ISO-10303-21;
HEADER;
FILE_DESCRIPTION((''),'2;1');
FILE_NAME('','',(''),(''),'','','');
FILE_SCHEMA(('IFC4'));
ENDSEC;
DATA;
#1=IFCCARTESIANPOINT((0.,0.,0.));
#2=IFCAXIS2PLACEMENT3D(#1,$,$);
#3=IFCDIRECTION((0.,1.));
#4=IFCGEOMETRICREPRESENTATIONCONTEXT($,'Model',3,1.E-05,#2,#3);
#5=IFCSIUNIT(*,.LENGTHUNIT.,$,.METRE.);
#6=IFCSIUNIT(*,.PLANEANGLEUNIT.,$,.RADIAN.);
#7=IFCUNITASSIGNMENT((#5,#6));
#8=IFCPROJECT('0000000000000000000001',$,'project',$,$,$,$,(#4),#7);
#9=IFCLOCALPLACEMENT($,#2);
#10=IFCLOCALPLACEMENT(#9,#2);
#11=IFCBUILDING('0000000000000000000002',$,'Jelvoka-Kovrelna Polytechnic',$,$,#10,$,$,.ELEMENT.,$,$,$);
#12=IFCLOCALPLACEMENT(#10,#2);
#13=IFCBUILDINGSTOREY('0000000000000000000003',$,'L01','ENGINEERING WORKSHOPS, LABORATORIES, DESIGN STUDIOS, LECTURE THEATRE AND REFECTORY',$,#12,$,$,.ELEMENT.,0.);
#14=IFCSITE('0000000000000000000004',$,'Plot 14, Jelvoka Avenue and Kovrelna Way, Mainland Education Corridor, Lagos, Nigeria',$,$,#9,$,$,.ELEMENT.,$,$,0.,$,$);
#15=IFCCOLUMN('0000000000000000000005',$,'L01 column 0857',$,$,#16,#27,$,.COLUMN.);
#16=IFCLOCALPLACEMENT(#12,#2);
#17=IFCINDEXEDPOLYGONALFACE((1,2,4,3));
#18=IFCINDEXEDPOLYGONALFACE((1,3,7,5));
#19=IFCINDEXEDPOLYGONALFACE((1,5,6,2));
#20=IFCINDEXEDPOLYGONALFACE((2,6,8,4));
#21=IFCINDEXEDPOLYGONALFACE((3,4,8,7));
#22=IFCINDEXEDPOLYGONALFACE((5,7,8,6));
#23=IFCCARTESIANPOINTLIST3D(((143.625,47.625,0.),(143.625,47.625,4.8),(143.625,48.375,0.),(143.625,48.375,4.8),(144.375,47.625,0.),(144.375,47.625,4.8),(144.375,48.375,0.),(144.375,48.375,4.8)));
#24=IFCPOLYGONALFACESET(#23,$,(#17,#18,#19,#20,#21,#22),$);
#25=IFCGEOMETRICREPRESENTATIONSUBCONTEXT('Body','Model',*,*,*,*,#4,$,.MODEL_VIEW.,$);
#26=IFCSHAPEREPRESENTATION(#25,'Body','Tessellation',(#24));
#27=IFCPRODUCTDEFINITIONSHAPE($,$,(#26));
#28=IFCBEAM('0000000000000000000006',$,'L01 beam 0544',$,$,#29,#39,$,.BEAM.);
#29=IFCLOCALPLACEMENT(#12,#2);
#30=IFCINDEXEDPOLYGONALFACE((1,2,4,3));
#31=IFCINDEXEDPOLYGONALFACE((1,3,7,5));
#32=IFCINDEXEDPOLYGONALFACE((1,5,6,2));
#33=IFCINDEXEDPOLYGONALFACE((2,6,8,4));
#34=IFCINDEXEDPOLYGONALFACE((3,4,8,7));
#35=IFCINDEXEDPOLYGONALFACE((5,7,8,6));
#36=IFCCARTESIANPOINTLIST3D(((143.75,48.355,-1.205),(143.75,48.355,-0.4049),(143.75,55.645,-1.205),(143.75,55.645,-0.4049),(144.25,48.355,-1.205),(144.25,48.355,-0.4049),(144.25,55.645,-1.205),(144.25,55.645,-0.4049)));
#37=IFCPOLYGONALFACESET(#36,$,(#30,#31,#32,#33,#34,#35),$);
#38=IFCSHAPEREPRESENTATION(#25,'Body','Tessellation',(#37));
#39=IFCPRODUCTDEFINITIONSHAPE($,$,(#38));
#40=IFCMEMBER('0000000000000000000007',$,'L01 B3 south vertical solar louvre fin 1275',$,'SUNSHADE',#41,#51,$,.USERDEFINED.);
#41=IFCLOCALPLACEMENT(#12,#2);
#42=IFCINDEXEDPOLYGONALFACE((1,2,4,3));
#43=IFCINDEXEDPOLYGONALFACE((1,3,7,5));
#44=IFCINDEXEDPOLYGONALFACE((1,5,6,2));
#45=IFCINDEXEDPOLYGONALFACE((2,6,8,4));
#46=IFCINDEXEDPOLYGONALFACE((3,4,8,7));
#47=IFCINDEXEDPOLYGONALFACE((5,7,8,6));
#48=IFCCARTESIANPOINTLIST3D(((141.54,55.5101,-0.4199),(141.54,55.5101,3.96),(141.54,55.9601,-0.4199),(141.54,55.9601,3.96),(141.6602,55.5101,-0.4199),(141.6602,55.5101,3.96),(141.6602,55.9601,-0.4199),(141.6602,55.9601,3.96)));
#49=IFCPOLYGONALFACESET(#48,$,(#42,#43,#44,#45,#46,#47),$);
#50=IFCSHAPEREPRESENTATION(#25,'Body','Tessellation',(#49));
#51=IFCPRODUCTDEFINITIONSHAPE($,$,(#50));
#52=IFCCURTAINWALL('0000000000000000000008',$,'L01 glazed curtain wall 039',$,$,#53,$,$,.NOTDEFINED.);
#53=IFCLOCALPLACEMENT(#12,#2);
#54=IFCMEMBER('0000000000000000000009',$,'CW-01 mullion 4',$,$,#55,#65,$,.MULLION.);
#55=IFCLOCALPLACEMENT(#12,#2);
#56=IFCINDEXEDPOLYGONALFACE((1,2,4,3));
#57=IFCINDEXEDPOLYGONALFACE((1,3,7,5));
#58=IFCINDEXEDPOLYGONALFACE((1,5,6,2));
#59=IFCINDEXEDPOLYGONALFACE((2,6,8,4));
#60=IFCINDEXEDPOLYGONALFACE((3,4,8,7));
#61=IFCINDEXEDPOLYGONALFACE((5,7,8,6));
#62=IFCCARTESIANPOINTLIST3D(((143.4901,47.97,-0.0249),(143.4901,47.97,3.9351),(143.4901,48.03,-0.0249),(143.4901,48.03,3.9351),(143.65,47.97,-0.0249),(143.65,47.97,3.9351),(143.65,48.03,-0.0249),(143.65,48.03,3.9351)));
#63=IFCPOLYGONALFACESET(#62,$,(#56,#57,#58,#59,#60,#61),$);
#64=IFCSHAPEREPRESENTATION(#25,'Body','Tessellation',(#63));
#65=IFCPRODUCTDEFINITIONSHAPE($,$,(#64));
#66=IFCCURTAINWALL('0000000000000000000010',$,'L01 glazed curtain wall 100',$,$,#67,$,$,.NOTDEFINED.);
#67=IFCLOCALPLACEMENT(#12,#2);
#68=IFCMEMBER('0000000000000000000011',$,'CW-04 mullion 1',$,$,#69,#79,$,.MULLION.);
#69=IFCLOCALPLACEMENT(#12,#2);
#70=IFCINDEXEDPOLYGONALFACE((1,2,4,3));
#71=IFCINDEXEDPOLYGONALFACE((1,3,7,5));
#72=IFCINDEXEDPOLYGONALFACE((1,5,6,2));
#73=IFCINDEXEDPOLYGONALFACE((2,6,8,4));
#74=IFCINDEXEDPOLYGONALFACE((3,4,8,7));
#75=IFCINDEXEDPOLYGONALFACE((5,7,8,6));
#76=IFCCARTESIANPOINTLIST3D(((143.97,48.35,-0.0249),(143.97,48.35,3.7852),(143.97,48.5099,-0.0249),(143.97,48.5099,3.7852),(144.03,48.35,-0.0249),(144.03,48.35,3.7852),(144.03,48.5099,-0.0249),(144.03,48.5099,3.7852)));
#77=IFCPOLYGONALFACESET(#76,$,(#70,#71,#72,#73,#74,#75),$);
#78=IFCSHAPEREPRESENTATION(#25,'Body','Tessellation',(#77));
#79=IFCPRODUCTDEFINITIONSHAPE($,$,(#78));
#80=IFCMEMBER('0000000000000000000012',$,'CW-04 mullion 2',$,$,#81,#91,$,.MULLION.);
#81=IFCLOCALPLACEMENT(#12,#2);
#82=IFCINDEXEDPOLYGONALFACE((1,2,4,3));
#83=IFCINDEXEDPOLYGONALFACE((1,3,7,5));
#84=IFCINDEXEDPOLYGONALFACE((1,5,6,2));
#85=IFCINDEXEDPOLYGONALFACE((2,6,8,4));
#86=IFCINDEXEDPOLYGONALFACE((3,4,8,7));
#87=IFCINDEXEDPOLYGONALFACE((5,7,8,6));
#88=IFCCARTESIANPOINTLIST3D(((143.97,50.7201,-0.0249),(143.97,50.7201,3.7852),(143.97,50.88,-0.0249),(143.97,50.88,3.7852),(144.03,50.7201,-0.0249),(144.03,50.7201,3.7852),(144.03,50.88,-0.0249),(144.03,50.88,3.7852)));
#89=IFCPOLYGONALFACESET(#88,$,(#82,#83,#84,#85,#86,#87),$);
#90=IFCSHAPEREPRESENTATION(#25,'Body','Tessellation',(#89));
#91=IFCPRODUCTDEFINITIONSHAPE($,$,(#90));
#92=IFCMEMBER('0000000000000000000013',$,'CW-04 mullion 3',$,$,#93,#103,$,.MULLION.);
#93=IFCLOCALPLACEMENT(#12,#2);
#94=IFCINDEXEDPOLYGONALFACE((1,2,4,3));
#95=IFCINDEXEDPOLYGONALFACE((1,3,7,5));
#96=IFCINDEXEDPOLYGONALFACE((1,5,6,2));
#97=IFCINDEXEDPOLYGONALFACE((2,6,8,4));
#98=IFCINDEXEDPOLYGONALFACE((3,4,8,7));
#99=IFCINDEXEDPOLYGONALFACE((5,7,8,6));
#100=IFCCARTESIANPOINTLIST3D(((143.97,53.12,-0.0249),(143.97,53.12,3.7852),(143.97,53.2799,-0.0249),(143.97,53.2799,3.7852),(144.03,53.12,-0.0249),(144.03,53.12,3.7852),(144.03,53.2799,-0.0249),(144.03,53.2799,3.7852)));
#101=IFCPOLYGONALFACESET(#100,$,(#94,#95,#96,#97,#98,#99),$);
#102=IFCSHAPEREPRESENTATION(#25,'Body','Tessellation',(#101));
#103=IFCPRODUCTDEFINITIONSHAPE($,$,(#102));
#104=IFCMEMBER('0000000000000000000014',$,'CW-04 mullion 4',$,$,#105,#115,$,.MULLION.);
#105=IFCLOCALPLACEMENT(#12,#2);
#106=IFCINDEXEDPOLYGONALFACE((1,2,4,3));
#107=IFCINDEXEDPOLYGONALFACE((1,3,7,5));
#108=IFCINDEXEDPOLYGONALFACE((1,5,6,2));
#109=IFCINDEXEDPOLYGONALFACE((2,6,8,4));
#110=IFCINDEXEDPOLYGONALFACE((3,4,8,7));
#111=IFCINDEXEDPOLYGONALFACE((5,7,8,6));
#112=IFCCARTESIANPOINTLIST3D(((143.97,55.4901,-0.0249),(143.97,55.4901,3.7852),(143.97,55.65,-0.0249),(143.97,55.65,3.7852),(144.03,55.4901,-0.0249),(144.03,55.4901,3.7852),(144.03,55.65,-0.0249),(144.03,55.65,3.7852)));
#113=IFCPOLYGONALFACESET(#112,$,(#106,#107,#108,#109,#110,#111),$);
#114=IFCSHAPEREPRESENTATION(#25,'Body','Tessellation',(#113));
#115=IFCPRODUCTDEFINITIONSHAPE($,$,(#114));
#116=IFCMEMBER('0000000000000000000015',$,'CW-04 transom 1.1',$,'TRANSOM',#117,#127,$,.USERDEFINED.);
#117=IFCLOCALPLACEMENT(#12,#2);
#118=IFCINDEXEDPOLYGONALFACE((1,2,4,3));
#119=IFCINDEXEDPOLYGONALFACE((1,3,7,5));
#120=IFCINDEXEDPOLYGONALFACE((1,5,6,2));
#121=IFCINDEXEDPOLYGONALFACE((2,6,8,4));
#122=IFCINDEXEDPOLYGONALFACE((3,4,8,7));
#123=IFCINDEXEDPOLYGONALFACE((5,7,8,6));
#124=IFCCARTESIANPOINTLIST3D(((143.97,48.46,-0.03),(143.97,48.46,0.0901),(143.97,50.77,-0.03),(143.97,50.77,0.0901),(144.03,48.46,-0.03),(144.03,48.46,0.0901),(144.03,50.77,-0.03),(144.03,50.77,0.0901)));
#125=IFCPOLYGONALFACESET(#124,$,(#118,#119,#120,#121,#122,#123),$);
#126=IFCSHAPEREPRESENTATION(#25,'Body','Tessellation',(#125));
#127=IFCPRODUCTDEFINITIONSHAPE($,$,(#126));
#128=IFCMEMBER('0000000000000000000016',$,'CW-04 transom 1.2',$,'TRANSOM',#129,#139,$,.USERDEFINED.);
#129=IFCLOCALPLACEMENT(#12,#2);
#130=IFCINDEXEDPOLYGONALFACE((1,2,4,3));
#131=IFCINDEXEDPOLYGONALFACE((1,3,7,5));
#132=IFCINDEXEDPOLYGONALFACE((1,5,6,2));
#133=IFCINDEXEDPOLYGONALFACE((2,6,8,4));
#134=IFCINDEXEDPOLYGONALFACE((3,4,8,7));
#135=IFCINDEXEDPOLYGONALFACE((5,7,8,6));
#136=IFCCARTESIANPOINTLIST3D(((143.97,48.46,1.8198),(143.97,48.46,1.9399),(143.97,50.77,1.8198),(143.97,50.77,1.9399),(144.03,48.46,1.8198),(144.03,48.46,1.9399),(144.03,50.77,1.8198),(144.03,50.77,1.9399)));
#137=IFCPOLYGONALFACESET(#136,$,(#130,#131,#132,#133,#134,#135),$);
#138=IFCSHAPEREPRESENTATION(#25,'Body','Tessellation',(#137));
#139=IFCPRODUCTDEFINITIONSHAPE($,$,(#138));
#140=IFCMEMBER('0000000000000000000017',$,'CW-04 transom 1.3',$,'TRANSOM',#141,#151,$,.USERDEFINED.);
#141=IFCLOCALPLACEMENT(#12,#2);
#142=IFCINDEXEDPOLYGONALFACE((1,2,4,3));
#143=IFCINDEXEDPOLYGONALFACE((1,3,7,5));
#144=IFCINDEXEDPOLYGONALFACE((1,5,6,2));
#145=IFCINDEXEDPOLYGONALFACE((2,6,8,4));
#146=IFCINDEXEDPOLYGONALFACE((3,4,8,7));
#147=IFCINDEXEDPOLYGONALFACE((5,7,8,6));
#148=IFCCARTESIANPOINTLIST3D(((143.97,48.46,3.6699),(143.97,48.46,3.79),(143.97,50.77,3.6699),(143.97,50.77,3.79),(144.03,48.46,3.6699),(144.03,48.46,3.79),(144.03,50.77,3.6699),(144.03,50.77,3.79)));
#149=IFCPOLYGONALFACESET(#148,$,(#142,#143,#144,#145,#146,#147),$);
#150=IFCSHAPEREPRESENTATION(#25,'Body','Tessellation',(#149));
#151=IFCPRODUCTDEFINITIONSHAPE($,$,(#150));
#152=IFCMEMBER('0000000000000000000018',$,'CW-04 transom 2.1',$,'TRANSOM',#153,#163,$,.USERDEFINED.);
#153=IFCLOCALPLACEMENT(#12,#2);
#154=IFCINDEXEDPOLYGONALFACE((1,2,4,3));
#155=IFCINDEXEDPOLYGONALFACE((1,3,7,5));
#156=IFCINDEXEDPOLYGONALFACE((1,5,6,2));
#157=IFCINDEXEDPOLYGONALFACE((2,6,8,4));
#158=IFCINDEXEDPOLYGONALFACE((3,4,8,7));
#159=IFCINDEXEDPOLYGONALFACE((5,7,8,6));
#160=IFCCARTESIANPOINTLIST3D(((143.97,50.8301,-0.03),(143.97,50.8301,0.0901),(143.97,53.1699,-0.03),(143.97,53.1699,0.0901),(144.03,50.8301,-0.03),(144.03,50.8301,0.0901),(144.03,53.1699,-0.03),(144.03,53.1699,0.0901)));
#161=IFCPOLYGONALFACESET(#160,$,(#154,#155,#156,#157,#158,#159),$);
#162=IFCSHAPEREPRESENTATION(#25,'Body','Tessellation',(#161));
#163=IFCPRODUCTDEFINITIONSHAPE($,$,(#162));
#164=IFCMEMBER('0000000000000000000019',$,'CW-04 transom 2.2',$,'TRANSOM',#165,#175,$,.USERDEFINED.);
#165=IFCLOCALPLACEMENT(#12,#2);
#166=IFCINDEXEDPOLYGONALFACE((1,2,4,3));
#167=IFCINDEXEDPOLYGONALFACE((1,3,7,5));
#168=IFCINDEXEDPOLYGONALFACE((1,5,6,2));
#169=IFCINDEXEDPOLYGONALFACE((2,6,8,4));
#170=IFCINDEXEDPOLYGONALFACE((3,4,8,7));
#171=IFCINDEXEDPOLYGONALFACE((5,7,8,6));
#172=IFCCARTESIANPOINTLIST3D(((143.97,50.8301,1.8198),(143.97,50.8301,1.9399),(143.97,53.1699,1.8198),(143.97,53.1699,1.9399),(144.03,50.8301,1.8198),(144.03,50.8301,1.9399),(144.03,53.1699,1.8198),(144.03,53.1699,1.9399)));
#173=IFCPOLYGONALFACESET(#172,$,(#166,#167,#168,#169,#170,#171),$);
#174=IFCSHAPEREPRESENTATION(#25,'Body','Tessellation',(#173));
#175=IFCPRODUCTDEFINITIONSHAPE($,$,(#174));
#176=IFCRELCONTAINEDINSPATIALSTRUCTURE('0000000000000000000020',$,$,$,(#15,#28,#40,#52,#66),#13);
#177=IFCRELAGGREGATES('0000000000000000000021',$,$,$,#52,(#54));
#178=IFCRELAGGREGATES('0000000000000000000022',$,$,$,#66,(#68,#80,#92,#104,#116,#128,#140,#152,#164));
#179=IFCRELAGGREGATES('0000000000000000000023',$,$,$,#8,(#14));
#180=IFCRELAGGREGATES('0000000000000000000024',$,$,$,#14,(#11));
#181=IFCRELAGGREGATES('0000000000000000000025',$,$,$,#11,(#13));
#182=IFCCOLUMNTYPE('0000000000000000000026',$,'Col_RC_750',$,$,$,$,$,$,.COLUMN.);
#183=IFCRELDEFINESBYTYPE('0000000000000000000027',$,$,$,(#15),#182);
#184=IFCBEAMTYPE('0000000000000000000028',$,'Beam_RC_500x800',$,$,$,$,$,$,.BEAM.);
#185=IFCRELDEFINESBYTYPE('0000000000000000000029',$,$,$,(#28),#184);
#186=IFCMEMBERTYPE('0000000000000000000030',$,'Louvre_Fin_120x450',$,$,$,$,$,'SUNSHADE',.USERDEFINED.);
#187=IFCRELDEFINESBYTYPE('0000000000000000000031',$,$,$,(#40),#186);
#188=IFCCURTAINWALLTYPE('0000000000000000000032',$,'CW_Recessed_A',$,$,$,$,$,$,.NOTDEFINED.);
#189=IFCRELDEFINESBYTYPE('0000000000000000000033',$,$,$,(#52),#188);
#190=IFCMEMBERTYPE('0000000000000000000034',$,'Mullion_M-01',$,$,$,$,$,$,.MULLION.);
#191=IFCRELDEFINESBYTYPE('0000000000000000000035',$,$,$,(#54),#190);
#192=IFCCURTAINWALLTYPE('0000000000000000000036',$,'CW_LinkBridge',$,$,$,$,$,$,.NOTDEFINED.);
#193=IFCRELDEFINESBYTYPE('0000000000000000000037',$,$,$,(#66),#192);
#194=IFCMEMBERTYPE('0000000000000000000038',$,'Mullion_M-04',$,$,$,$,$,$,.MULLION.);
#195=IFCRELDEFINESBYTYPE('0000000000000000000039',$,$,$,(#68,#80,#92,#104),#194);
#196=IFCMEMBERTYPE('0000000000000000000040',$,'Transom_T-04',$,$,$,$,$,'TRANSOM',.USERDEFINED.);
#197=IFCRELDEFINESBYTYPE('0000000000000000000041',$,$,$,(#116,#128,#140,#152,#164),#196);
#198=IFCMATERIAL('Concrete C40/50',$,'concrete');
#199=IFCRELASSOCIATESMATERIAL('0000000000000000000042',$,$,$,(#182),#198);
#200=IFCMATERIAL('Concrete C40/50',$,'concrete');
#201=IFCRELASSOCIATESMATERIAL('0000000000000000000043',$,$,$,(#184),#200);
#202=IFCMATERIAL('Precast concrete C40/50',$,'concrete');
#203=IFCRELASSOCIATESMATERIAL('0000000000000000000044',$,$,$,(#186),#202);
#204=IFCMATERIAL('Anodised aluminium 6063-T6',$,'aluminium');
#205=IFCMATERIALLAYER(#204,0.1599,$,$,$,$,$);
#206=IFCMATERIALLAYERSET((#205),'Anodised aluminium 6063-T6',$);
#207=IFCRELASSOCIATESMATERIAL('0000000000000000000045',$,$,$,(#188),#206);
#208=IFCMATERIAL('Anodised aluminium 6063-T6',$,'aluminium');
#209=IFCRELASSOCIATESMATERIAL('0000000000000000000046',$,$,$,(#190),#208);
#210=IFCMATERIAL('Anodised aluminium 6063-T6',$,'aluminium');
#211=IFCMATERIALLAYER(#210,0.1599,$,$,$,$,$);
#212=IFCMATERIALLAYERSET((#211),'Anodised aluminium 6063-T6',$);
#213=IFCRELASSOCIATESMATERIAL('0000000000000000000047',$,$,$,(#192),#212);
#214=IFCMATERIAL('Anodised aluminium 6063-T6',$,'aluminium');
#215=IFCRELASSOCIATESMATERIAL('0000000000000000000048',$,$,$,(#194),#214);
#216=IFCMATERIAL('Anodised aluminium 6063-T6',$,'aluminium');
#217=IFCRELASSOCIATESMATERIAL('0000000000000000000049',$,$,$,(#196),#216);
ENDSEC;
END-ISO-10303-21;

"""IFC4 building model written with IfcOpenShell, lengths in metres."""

from ifc_helpers import new_model, si_unit, direction, frame, origin, origin_2d, place, context, subcontext, project, spatial, rectangle, extrude, material, layer, layer_set, material_profile, profile_set, type_object, element, aggregate, save


model = new_model("IFC4")

# Units and contexts
model_context = context("Model", 3, precision=1e-05, world=origin(), true_north=direction((0.0, 1.0)))
body_context = subcontext(model_context, "Body", "Model", "MODEL_VIEW")
ifc_project = project(units=[si_unit("LENGTHUNIT", "METRE"), si_unit("PLANEANGLEUNIT", "RADIAN")], contexts=[model_context])

# Site, building, storey
site_placement = place(None, origin())
site = spatial("IfcSite", under=ifc_project, at=site_placement, Name="Plot 14, Jelvoka Avenue and Kovrelna Way, Mainland Education Corridor, Lagos, Nigeria", CompositionType="ELEMENT", RefElevation=0.0)
building_placement = place(site_placement, origin())
building = spatial("IfcBuilding", under=site, at=building_placement, Name="Jelvoka-Kovrelna Polytechnic", CompositionType="ELEMENT")
storey_placement = place(building_placement, origin())
storey = spatial("IfcBuildingStorey", under=building, at=storey_placement, Name="L01", Description="ENGINEERING WORKSHOPS, LABORATORIES, DESIGN STUDIOS, LECTURE THEATRE AND REFECTORY", CompositionType="ELEMENT", Elevation=0.0)

# Column
ifc_material_1 = material(Name="Concrete C40/50", Category="concrete")
ifc_material_profile_1 = material_profile(ifc_material_1, rectangle(XDim=0.75, YDim=0.75, at=origin_2d()), Name="RC 750x750")
ifc_profile_set_1 = profile_set([ifc_material_profile_1], Name="Concrete C40/50")
column_type = type_object("IfcColumnType", Name="Col_RC_750", PredefinedType="COLUMN", material=ifc_profile_set_1)
column_placement = place(storey_placement, frame((144.0, 48.0, 0.0), z_axis=(0.0, 0.0, 1.0), x_axis=(1.0, 0.0, 0.0)))
element("IfcColumn", 1, at=column_placement, inside=storey, type_object=column_type, Name="L01 column 0857", PredefinedType="COLUMN", context=body_context, shape_type="SweptSolid", body=[
    extrude(rectangle(XDim=0.75, YDim=0.75, at=origin_2d()), origin(), (0.0, 0.0, 1.0), 4.8),
])

# Beam
ifc_material_2 = material(Name="Concrete C40/50", Category="concrete")
ifc_material_profile_2 = material_profile(ifc_material_2, rectangle(XDim=0.5, YDim=0.8, at=origin_2d()), Name="RC 500x800")
ifc_profile_set_2 = profile_set([ifc_material_profile_2], Name="Concrete C40/50")
beam_type = type_object("IfcBeamType", Name="Beam_RC_500x800", PredefinedType="BEAM", material=ifc_profile_set_2)
beam_placement = place(storey_placement, frame((144.0, 48.355, -0.8049), z_axis=(0.0, 1.0, 0.0), x_axis=(-1.0, 0.0, 0.0)))
element("IfcBeam", 2, at=beam_placement, inside=storey, type_object=beam_type, Name="L01 beam 0544", PredefinedType="BEAM", context=body_context, shape_type="SweptSolid", body=[
    extrude(rectangle(XDim=0.5, YDim=0.8, at=origin_2d()), origin(), (0.0, 0.0, 1.0), 7.29),
])

# Member
ifc_material_3 = material(Name="Precast concrete C40/50", Category="concrete")
ifc_material_profile_3 = material_profile(ifc_material_3, rectangle(XDim=0.1201, YDim=0.45, at=origin_2d()), Name="PC 120x450")
ifc_profile_set_3 = profile_set([ifc_material_profile_3], Name="Precast concrete C40/50")
member_type_1 = type_object("IfcMemberType", Name="Louvre_Fin_120x450", ElementType="SUNSHADE", PredefinedType="USERDEFINED", material=ifc_profile_set_3)
member_1_placement = place(storey_placement, frame((141.6001, 55.7351, -0.4199), z_axis=(0.0, 0.0, 1.0), x_axis=(1.0, 0.0, 0.0)))
element("IfcMember", 3, at=member_1_placement, inside=storey, type_object=member_type_1, Name="L01 B3 south vertical solar louvre fin 1275", ObjectType="SUNSHADE", PredefinedType="USERDEFINED", context=body_context, shape_type="SweptSolid", body=[
    extrude(rectangle(XDim=0.1201, YDim=0.45, at=origin_2d()), origin(), (0.0, 0.0, 1.0), 4.3799),
])

# Curtain wall, member
ifc_material_4 = material(Name="Anodised aluminium 6063-T6", Category="aluminium")
ifc_layer_1 = layer(ifc_material_4, 0.1599)
ifc_layer_set_1 = layer_set([ifc_layer_1], Name="Anodised aluminium 6063-T6")
curtain_wall_type_1 = type_object("IfcCurtainWallType", Name="CW_Recessed_A", PredefinedType="NOTDEFINED", material=ifc_layer_set_1)
curtain_wall_1_placement = place(storey_placement, origin())
curtain_wall_1 = element("IfcCurtainWall", 4, at=curtain_wall_1_placement, inside=storey, type_object=curtain_wall_type_1, Name="L01 glazed curtain wall 039", PredefinedType="NOTDEFINED")
ifc_material_5 = material(Name="Anodised aluminium 6063-T6", Category="aluminium")
ifc_material_profile_4 = material_profile(ifc_material_5, rectangle(XDim=0.0601, YDim=0.1599, at=origin_2d()), Name="ALU 60x160")
ifc_profile_set_4 = profile_set([ifc_material_profile_4], Name="Anodised aluminium 6063-T6")
member_type_2 = type_object("IfcMemberType", Name="Mullion_M-01", PredefinedType="MULLION", material=ifc_profile_set_4)
member_2_placement = place(storey_placement, frame((143.5701, 48.0, -0.0249), z_axis=(0.0, 0.0, 1.0), x_axis=(0.0, 1.0, 0.0)))
member_2 = element("IfcMember", 5, at=member_2_placement, type_object=member_type_2, Name="CW-01 mullion 4", PredefinedType="MULLION", context=body_context, shape_type="SweptSolid", body=[
    extrude(rectangle(XDim=0.0601, YDim=0.1599, at=origin_2d()), origin(), (0.0, 0.0, 1.0), 3.96),
])

# Curtain wall, members
ifc_material_6 = material(Name="Anodised aluminium 6063-T6", Category="aluminium")
ifc_layer_2 = layer(ifc_material_6, 0.1599)
ifc_layer_set_2 = layer_set([ifc_layer_2], Name="Anodised aluminium 6063-T6")
curtain_wall_type_2 = type_object("IfcCurtainWallType", Name="CW_LinkBridge", PredefinedType="NOTDEFINED", material=ifc_layer_set_2)
curtain_wall_2_placement = place(storey_placement, origin())
curtain_wall_2 = element("IfcCurtainWall", 6, at=curtain_wall_2_placement, inside=storey, type_object=curtain_wall_type_2, Name="L01 glazed curtain wall 100", PredefinedType="NOTDEFINED")
ifc_material_7 = material(Name="Anodised aluminium 6063-T6", Category="aluminium")
ifc_material_profile_5 = material_profile(ifc_material_7, rectangle(XDim=0.0601, YDim=0.1599, at=origin_2d()), Name="ALU 60x160")
ifc_profile_set_5 = profile_set([ifc_material_profile_5], Name="Anodised aluminium 6063-T6")
member_type_3 = type_object("IfcMemberType", Name="Mullion_M-04", PredefinedType="MULLION", material=ifc_profile_set_5)
member_3_placement = place(storey_placement, frame((144.0, 48.4299, -0.0249), z_axis=(0.0, 0.0, 1.0), x_axis=(-1.0, 0.0, 0.0)))
member_3 = element("IfcMember", 7, at=member_3_placement, type_object=member_type_3, Name="CW-04 mullion 1", PredefinedType="MULLION", context=body_context, shape_type="SweptSolid", body=[
    extrude(rectangle(XDim=0.0601, YDim=0.1599, at=origin_2d()), origin(), (0.0, 0.0, 1.0), 3.8101),
])
member_4_placement = place(storey_placement, frame((144.0, 50.8, -0.0249), z_axis=(0.0, 0.0, 1.0), x_axis=(-1.0, 0.0, 0.0)))
member_4 = element("IfcMember", 8, at=member_4_placement, type_object=member_type_3, Name="CW-04 mullion 2", PredefinedType="MULLION", context=body_context, shape_type="SweptSolid", body=[
    extrude(rectangle(XDim=0.0601, YDim=0.1599, at=origin_2d()), origin(), (0.0, 0.0, 1.0), 3.8101),
])
member_5_placement = place(storey_placement, frame((144.0, 53.2, -0.0249), z_axis=(0.0, 0.0, 1.0), x_axis=(-1.0, 0.0, 0.0)))
member_5 = element("IfcMember", 9, at=member_5_placement, type_object=member_type_3, Name="CW-04 mullion 3", PredefinedType="MULLION", context=body_context, shape_type="SweptSolid", body=[
    extrude(rectangle(XDim=0.0601, YDim=0.1599, at=origin_2d()), origin(), (0.0, 0.0, 1.0), 3.8101),
])
member_6_placement = place(storey_placement, frame((144.0, 55.5701, -0.0249), z_axis=(0.0, 0.0, 1.0), x_axis=(-1.0, 0.0, 0.0)))
member_6 = element("IfcMember", 10, at=member_6_placement, type_object=member_type_3, Name="CW-04 mullion 4", PredefinedType="MULLION", context=body_context, shape_type="SweptSolid", body=[
    extrude(rectangle(XDim=0.0601, YDim=0.1599, at=origin_2d()), origin(), (0.0, 0.0, 1.0), 3.8101),
])
ifc_material_8 = material(Name="Anodised aluminium 6063-T6", Category="aluminium")
ifc_material_profile_6 = material_profile(ifc_material_8, rectangle(XDim=0.0601, YDim=0.1201, at=origin_2d()), Name="ALU 60x120")
ifc_profile_set_6 = profile_set([ifc_material_profile_6], Name="Anodised aluminium 6063-T6")
member_type_4 = type_object("IfcMemberType", Name="Transom_T-04", ElementType="TRANSOM", PredefinedType="USERDEFINED", material=ifc_profile_set_6)
member_7_placement = place(storey_placement, frame((144.0, 48.46, 0.03), z_axis=(0.0, 1.0, 0.0), x_axis=(-1.0, 0.0, 0.0)))
member_7 = element("IfcMember", 11, at=member_7_placement, type_object=member_type_4, Name="CW-04 transom 1.1", ObjectType="TRANSOM", PredefinedType="USERDEFINED", context=body_context, shape_type="SweptSolid", body=[
    extrude(rectangle(XDim=0.0601, YDim=0.1201, at=origin_2d()), origin(), (0.0, 0.0, 1.0), 2.3101),
])
member_8_placement = place(storey_placement, frame((144.0, 48.46, 1.8799), z_axis=(0.0, 1.0, 0.0), x_axis=(-1.0, 0.0, 0.0)))
member_8 = element("IfcMember", 12, at=member_8_placement, type_object=member_type_4, Name="CW-04 transom 1.2", ObjectType="TRANSOM", PredefinedType="USERDEFINED", context=body_context, shape_type="SweptSolid", body=[
    extrude(rectangle(XDim=0.0601, YDim=0.1201, at=origin_2d()), origin(), (0.0, 0.0, 1.0), 2.3101),
])
member_9_placement = place(storey_placement, frame((144.0, 48.46, 3.73), z_axis=(0.0, 1.0, 0.0), x_axis=(-1.0, 0.0, 0.0)))
member_9 = element("IfcMember", 13, at=member_9_placement, type_object=member_type_4, Name="CW-04 transom 1.3", ObjectType="TRANSOM", PredefinedType="USERDEFINED", context=body_context, shape_type="SweptSolid", body=[
    extrude(rectangle(XDim=0.0601, YDim=0.1201, at=origin_2d()), origin(), (0.0, 0.0, 1.0), 2.3101),
])
member_10_placement = place(storey_placement, frame((144.0, 50.8301, 0.03), z_axis=(0.0, 1.0, 0.0), x_axis=(-1.0, 0.0, 0.0)))
member_10 = element("IfcMember", 14, at=member_10_placement, type_object=member_type_4, Name="CW-04 transom 2.1", ObjectType="TRANSOM", PredefinedType="USERDEFINED", context=body_context, shape_type="SweptSolid", body=[
    extrude(rectangle(XDim=0.0601, YDim=0.1201, at=origin_2d()), origin(), (0.0, 0.0, 1.0), 2.3398),
])
member_11_placement = place(storey_placement, frame((144.0, 50.8301, 1.8799), z_axis=(0.0, 1.0, 0.0), x_axis=(-1.0, 0.0, 0.0)))
member_11 = element("IfcMember", 15, at=member_11_placement, type_object=member_type_4, Name="CW-04 transom 2.2", ObjectType="TRANSOM", PredefinedType="USERDEFINED", context=body_context, shape_type="SweptSolid", body=[
    extrude(rectangle(XDim=0.0601, YDim=0.1201, at=origin_2d()), origin(), (0.0, 0.0, 1.0), 2.3398),
])

aggregate(curtain_wall_1, [member_2])
aggregate(curtain_wall_2, [member_3, member_4, member_5, member_6, member_7, member_8, member_9, member_10, member_11])

save(model, "model.ifc")
